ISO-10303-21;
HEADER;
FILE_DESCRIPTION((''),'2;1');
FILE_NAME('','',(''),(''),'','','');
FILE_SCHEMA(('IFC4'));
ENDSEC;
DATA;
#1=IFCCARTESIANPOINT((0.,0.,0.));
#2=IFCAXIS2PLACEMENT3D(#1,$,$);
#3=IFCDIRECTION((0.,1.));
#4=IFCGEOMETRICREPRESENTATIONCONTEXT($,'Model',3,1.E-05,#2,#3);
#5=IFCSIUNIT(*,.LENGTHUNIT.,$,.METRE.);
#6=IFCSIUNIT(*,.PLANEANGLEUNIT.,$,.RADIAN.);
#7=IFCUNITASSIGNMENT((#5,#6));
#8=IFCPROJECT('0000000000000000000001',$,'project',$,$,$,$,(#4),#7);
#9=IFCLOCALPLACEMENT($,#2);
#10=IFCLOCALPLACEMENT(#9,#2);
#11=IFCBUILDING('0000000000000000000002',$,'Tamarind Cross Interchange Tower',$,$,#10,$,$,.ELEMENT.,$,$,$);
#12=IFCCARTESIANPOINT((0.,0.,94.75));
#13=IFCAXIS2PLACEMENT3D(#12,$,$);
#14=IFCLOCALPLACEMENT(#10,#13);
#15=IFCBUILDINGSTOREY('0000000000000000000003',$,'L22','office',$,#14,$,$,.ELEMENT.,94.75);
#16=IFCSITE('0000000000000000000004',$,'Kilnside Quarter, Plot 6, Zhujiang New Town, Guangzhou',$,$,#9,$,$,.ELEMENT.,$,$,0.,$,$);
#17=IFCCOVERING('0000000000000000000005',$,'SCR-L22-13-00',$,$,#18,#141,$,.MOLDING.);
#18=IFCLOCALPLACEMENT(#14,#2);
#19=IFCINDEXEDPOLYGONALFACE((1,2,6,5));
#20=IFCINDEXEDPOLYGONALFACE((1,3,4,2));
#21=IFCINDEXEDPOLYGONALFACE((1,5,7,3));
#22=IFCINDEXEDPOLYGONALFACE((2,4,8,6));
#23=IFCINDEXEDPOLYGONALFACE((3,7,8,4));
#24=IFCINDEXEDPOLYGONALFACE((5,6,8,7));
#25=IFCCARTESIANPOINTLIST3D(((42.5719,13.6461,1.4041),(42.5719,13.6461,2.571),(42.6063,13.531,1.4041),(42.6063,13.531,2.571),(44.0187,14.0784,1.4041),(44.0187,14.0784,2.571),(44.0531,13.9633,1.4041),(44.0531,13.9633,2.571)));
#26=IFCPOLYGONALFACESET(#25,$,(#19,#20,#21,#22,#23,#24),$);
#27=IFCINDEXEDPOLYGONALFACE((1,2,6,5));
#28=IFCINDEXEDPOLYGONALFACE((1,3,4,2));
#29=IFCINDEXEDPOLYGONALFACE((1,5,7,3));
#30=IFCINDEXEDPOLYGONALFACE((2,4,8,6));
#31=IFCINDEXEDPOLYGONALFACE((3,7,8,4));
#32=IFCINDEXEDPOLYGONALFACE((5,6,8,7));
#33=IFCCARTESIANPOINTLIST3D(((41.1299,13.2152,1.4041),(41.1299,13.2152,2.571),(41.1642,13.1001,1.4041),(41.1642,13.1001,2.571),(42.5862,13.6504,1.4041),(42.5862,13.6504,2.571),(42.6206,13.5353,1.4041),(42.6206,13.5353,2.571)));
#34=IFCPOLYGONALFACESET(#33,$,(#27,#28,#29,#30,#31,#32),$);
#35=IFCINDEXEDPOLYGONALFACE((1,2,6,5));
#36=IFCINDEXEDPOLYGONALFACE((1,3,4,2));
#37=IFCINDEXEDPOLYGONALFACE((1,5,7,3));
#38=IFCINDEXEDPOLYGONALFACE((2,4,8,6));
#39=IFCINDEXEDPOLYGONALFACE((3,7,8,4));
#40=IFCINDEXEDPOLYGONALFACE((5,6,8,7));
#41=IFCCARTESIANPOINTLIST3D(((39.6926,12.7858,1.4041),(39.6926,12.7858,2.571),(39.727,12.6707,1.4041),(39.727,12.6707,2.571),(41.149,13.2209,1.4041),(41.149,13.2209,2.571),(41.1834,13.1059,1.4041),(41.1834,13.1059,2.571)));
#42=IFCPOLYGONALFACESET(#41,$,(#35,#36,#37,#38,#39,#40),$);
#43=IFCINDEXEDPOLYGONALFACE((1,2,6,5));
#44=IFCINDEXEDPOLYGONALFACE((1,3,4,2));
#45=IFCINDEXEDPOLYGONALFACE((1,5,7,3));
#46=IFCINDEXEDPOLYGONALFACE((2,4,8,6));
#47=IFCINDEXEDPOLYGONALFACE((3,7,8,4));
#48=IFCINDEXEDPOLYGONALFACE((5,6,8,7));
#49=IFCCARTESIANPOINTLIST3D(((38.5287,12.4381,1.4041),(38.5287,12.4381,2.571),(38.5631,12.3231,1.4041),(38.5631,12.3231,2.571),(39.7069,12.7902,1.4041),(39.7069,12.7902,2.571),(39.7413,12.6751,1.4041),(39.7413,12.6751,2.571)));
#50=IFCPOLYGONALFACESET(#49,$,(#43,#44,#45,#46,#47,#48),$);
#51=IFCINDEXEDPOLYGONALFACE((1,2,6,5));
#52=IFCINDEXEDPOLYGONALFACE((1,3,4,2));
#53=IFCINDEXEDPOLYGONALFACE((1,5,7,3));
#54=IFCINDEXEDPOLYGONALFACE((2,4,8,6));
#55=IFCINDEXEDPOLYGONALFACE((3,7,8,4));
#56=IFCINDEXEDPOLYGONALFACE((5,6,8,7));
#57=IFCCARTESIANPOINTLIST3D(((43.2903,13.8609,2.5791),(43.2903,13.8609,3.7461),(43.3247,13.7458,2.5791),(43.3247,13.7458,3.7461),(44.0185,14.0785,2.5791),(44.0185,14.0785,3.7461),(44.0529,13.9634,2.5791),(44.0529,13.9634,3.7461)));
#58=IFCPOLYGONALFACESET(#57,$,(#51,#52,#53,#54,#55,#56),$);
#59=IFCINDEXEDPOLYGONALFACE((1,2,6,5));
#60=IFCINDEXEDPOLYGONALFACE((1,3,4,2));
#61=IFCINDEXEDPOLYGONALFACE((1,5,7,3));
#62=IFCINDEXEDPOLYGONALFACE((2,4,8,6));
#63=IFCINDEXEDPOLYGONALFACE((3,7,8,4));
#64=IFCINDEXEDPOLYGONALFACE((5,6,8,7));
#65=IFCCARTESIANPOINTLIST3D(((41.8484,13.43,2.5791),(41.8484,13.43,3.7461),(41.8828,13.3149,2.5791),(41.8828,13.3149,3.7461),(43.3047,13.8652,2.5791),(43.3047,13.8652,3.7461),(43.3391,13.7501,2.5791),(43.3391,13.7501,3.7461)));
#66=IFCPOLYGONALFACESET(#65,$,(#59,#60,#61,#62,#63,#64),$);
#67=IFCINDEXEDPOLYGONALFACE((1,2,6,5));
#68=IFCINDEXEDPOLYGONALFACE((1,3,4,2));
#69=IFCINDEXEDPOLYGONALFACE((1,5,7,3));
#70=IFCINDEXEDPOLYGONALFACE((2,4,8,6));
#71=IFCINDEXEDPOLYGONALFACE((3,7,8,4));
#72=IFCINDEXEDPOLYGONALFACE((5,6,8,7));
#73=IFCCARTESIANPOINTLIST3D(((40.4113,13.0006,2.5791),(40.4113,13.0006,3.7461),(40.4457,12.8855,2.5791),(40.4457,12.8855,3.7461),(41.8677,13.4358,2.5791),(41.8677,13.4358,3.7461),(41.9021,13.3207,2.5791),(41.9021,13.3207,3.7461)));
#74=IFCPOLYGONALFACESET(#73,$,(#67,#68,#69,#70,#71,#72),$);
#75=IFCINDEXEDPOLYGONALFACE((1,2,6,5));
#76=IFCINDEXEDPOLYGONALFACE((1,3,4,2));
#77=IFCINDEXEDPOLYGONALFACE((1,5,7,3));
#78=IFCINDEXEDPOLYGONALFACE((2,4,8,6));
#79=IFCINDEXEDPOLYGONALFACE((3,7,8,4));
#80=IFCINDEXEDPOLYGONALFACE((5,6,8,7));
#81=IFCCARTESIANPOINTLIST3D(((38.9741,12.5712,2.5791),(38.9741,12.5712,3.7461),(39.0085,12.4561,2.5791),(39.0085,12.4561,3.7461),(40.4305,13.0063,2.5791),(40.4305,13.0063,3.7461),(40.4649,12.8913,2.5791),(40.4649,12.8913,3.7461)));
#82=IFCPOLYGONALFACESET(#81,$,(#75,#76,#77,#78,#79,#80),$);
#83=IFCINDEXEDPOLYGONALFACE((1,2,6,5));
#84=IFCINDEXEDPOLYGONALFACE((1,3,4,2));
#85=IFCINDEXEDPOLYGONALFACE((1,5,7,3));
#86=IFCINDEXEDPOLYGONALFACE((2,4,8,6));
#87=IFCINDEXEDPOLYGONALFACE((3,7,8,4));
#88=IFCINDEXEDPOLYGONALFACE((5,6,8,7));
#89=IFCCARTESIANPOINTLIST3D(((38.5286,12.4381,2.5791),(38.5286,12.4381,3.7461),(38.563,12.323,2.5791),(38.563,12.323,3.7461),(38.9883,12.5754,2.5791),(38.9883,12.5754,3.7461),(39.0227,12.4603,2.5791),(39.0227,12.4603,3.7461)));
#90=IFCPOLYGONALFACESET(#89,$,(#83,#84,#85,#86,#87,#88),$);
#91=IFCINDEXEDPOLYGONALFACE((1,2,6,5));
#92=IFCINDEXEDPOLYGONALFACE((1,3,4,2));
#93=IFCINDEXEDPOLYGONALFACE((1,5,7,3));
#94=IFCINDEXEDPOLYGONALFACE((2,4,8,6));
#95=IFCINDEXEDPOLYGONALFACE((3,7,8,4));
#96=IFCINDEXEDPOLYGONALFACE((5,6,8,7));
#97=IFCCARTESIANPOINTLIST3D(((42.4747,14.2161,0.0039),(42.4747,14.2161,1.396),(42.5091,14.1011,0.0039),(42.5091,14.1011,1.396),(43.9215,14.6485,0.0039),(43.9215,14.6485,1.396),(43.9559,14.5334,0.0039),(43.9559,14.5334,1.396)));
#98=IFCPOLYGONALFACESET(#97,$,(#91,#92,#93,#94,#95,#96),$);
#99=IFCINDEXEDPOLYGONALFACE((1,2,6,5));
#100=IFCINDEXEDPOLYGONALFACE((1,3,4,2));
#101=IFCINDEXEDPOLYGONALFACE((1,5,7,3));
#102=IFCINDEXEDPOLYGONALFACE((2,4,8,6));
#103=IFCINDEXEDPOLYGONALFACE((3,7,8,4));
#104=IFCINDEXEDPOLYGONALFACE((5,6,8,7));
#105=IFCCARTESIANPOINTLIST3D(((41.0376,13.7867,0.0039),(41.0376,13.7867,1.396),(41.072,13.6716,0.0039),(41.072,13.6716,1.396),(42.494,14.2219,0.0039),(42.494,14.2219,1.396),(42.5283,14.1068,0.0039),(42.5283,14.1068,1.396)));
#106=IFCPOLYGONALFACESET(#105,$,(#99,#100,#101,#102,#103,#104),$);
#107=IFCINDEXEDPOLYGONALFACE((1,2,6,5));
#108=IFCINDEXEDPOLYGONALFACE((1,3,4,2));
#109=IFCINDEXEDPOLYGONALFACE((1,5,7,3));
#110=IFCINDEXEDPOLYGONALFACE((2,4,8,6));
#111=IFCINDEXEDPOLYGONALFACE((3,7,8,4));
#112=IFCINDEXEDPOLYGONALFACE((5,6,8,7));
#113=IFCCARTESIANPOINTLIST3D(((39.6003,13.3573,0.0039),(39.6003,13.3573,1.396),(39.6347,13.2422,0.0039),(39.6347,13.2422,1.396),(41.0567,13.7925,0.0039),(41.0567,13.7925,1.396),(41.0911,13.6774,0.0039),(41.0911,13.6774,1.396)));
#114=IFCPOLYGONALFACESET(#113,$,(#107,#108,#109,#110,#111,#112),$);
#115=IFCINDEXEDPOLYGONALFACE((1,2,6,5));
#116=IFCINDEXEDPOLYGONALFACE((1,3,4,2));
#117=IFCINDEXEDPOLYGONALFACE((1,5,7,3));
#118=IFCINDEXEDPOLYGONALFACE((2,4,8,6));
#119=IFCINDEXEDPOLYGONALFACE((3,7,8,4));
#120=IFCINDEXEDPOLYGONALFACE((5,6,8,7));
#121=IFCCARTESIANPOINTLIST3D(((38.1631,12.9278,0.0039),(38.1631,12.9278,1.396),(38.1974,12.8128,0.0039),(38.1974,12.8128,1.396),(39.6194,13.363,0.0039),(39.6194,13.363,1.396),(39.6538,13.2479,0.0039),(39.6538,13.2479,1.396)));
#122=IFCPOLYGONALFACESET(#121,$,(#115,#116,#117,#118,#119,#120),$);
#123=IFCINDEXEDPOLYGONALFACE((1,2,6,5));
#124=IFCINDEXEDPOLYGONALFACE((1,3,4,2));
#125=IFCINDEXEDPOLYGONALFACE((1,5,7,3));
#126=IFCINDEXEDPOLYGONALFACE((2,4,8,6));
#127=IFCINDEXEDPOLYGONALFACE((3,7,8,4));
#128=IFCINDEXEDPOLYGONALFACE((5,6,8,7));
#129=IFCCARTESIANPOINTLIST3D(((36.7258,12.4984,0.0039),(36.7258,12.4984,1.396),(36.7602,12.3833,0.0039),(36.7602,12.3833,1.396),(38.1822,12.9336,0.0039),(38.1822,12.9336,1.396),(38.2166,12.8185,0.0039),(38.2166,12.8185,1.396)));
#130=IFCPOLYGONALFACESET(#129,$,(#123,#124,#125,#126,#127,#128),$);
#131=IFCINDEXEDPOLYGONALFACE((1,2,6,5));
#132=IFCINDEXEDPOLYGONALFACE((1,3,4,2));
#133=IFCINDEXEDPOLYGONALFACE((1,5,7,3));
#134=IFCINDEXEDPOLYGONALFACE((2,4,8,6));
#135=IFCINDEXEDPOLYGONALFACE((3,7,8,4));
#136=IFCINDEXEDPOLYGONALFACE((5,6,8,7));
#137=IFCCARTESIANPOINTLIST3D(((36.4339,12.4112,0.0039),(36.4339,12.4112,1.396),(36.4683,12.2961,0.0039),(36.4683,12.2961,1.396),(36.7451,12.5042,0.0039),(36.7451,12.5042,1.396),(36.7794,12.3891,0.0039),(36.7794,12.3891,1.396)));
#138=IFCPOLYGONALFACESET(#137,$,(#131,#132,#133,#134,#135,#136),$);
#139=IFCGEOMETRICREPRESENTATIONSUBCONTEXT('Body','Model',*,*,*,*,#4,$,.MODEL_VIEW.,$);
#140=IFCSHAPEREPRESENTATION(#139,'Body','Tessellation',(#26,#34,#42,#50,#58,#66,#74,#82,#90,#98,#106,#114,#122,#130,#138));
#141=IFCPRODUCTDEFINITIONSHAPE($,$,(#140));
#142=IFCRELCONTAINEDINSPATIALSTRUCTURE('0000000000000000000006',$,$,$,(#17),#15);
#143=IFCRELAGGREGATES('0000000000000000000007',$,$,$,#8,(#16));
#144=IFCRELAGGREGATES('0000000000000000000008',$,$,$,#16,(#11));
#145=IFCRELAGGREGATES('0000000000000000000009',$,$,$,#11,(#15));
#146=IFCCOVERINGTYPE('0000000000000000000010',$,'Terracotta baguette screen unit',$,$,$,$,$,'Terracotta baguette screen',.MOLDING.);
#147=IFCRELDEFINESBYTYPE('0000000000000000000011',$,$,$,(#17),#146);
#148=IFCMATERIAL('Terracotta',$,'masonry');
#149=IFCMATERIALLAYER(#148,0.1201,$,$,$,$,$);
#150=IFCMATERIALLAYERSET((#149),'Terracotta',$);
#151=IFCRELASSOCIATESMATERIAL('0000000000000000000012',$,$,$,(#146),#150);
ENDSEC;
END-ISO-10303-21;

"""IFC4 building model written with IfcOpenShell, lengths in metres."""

from ifc_helpers import new_model, si_unit, direction, frame, origin, origin_2d, place, context, subcontext, project, spatial, rectangle, extrude, material, layer, layer_set, type_object, element, save


model = new_model("IFC4")

# Units and contexts
model_context = context("Model", 3, precision=1e-05, world=origin(), true_north=direction((0.0, 1.0)))
body_context = subcontext(model_context, "Body", "Model", "MODEL_VIEW")
ifc_project = project(units=[si_unit("LENGTHUNIT", "METRE"), si_unit("PLANEANGLEUNIT", "RADIAN")], contexts=[model_context])

# Site, building, storey
site_placement = place(None, origin())
site = spatial("IfcSite", under=ifc_project, at=site_placement, Name="Kilnside Quarter, Plot 6, Zhujiang New Town, Guangzhou", CompositionType="ELEMENT", RefElevation=0.0)
building_placement = place(site_placement, origin())
building = spatial("IfcBuilding", under=site, at=building_placement, Name="Tamarind Cross Interchange Tower", CompositionType="ELEMENT")
storey_placement = place(building_placement, frame((0.0, 0.0, 94.75)))
storey = spatial("IfcBuildingStorey", under=building, at=storey_placement, Name="L22", Description="office", CompositionType="ELEMENT", Elevation=94.75)

# Covering
ifc_material_1 = material(Name="Terracotta", Category="masonry")
ifc_layer_1 = layer(ifc_material_1, 0.1201)
ifc_layer_set_1 = layer_set([ifc_layer_1], Name="Terracotta")
covering_type = type_object("IfcCoveringType", Name="Terracotta baguette screen unit", ElementType="Terracotta baguette screen", PredefinedType="MOLDING", material=ifc_layer_set_1)
covering_1_placement = place(storey_placement, origin())
element("IfcCovering", 1, at=covering_1_placement, inside=storey, type_object=covering_type, Name="SCR-L22-13-00", PredefinedType="MOLDING", context=body_context, shape_type="SweptSolid", body=[
    extrude(rectangle(XDim=1.51, YDim=0.1201, at=origin_2d()), frame((43.3125, 13.8047, 1.4041), z_axis=(0.0, 0.0, 1.0), x_axis=(-0.958139, -0.286304, 0.0)), (0.0, 0.0, 1.0), 1.167),
    extrude(rectangle(XDim=1.52, YDim=0.1201, at=origin_2d()), frame((41.8752, 13.3752, 1.4041), z_axis=(0.0, 0.0, 1.0), x_axis=(-0.958139, -0.286304, 0.0)), (0.0, 0.0, 1.0), 1.167),
    extrude(rectangle(XDim=1.52, YDim=0.1201, at=origin_2d()), frame((40.438, 12.9458, 1.4041), z_axis=(0.0, 0.0, 1.0), x_axis=(-0.958139, -0.286304, 0.0)), (0.0, 0.0, 1.0), 1.167),
    extrude(rectangle(XDim=1.2297, YDim=0.1201, at=origin_2d()), frame((39.135, 12.5566, 1.4041), z_axis=(0.0, 0.0, 1.0), x_axis=(-0.958139, -0.286304, 0.0)), (0.0, 0.0, 1.0), 1.167),
    extrude(rectangle(XDim=0.76, YDim=0.1201, at=origin_2d()), frame((43.6716, 13.9121, 2.5791), z_axis=(0.0, 0.0, 1.0), x_axis=(-0.958139, -0.286304, 0.0)), (0.0, 0.0, 1.0), 1.167),
    extrude(rectangle(XDim=1.52, YDim=0.1201, at=origin_2d()), frame((42.5938, 13.5901, 2.5791), z_axis=(0.0, 0.0, 1.0), x_axis=(-0.958139, -0.286304, 0.0)), (0.0, 0.0, 1.0), 1.167),
    extrude(rectangle(XDim=1.52, YDim=0.1201, at=origin_2d()), frame((41.1567, 13.1606, 2.5791), z_axis=(0.0, 0.0, 1.0), x_axis=(-0.958139, -0.286304, 0.0)), (0.0, 0.0, 1.0), 1.167),
    extrude(rectangle(XDim=1.52, YDim=0.1201, at=origin_2d()), frame((39.7195, 12.7312, 2.5791), z_axis=(0.0, 0.0, 1.0), x_axis=(-0.958139, -0.286304, 0.0)), (0.0, 0.0, 1.0), 1.167),
    extrude(rectangle(XDim=0.4797, YDim=0.1201, at=origin_2d()), frame((38.7756, 12.4492, 2.5791), z_axis=(0.0, 0.0, 1.0), x_axis=(-0.958139, -0.286304, 0.0)), (0.0, 0.0, 1.0), 1.167),
    extrude(rectangle(XDim=1.51, YDim=0.1201, at=origin_2d()), frame((43.2153, 14.3748, 0.0039), z_axis=(0.0, 0.0, 1.0), x_axis=(-0.958139, -0.286304, 0.0)), (0.0, 0.0, 1.0), 1.3921),
    extrude(rectangle(XDim=1.52, YDim=0.1201, at=origin_2d()), frame((41.783, 13.9468, 0.0039), z_axis=(0.0, 0.0, 1.0), x_axis=(-0.958139, -0.286304, 0.0)), (0.0, 0.0, 1.0), 1.3921),
    extrude(rectangle(XDim=1.52, YDim=0.1201, at=origin_2d()), frame((40.3457, 13.5173, 0.0039), z_axis=(0.0, 0.0, 1.0), x_axis=(-0.958139, -0.286304, 0.0)), (0.0, 0.0, 1.0), 1.3921),
    extrude(rectangle(XDim=1.52, YDim=0.1201, at=origin_2d()), frame((38.9084, 13.0879, 0.0039), z_axis=(0.0, 0.0, 1.0), x_axis=(-0.958139, -0.286304, 0.0)), (0.0, 0.0, 1.0), 1.3921),
    extrude(rectangle(XDim=1.52, YDim=0.1201, at=origin_2d()), frame((37.4712, 12.6584, 0.0039), z_axis=(0.0, 0.0, 1.0), x_axis=(-0.958139, -0.286304, 0.0)), (0.0, 0.0, 1.0), 1.3921),
    extrude(rectangle(XDim=0.3247, YDim=0.1201, at=origin_2d()), frame((36.6067, 12.4001, 0.0039), z_axis=(0.0, 0.0, 1.0), x_axis=(-0.958139, -0.286304, 0.0)), (0.0, 0.0, 1.0), 1.3921),
])

save(model, "model.ifc")
